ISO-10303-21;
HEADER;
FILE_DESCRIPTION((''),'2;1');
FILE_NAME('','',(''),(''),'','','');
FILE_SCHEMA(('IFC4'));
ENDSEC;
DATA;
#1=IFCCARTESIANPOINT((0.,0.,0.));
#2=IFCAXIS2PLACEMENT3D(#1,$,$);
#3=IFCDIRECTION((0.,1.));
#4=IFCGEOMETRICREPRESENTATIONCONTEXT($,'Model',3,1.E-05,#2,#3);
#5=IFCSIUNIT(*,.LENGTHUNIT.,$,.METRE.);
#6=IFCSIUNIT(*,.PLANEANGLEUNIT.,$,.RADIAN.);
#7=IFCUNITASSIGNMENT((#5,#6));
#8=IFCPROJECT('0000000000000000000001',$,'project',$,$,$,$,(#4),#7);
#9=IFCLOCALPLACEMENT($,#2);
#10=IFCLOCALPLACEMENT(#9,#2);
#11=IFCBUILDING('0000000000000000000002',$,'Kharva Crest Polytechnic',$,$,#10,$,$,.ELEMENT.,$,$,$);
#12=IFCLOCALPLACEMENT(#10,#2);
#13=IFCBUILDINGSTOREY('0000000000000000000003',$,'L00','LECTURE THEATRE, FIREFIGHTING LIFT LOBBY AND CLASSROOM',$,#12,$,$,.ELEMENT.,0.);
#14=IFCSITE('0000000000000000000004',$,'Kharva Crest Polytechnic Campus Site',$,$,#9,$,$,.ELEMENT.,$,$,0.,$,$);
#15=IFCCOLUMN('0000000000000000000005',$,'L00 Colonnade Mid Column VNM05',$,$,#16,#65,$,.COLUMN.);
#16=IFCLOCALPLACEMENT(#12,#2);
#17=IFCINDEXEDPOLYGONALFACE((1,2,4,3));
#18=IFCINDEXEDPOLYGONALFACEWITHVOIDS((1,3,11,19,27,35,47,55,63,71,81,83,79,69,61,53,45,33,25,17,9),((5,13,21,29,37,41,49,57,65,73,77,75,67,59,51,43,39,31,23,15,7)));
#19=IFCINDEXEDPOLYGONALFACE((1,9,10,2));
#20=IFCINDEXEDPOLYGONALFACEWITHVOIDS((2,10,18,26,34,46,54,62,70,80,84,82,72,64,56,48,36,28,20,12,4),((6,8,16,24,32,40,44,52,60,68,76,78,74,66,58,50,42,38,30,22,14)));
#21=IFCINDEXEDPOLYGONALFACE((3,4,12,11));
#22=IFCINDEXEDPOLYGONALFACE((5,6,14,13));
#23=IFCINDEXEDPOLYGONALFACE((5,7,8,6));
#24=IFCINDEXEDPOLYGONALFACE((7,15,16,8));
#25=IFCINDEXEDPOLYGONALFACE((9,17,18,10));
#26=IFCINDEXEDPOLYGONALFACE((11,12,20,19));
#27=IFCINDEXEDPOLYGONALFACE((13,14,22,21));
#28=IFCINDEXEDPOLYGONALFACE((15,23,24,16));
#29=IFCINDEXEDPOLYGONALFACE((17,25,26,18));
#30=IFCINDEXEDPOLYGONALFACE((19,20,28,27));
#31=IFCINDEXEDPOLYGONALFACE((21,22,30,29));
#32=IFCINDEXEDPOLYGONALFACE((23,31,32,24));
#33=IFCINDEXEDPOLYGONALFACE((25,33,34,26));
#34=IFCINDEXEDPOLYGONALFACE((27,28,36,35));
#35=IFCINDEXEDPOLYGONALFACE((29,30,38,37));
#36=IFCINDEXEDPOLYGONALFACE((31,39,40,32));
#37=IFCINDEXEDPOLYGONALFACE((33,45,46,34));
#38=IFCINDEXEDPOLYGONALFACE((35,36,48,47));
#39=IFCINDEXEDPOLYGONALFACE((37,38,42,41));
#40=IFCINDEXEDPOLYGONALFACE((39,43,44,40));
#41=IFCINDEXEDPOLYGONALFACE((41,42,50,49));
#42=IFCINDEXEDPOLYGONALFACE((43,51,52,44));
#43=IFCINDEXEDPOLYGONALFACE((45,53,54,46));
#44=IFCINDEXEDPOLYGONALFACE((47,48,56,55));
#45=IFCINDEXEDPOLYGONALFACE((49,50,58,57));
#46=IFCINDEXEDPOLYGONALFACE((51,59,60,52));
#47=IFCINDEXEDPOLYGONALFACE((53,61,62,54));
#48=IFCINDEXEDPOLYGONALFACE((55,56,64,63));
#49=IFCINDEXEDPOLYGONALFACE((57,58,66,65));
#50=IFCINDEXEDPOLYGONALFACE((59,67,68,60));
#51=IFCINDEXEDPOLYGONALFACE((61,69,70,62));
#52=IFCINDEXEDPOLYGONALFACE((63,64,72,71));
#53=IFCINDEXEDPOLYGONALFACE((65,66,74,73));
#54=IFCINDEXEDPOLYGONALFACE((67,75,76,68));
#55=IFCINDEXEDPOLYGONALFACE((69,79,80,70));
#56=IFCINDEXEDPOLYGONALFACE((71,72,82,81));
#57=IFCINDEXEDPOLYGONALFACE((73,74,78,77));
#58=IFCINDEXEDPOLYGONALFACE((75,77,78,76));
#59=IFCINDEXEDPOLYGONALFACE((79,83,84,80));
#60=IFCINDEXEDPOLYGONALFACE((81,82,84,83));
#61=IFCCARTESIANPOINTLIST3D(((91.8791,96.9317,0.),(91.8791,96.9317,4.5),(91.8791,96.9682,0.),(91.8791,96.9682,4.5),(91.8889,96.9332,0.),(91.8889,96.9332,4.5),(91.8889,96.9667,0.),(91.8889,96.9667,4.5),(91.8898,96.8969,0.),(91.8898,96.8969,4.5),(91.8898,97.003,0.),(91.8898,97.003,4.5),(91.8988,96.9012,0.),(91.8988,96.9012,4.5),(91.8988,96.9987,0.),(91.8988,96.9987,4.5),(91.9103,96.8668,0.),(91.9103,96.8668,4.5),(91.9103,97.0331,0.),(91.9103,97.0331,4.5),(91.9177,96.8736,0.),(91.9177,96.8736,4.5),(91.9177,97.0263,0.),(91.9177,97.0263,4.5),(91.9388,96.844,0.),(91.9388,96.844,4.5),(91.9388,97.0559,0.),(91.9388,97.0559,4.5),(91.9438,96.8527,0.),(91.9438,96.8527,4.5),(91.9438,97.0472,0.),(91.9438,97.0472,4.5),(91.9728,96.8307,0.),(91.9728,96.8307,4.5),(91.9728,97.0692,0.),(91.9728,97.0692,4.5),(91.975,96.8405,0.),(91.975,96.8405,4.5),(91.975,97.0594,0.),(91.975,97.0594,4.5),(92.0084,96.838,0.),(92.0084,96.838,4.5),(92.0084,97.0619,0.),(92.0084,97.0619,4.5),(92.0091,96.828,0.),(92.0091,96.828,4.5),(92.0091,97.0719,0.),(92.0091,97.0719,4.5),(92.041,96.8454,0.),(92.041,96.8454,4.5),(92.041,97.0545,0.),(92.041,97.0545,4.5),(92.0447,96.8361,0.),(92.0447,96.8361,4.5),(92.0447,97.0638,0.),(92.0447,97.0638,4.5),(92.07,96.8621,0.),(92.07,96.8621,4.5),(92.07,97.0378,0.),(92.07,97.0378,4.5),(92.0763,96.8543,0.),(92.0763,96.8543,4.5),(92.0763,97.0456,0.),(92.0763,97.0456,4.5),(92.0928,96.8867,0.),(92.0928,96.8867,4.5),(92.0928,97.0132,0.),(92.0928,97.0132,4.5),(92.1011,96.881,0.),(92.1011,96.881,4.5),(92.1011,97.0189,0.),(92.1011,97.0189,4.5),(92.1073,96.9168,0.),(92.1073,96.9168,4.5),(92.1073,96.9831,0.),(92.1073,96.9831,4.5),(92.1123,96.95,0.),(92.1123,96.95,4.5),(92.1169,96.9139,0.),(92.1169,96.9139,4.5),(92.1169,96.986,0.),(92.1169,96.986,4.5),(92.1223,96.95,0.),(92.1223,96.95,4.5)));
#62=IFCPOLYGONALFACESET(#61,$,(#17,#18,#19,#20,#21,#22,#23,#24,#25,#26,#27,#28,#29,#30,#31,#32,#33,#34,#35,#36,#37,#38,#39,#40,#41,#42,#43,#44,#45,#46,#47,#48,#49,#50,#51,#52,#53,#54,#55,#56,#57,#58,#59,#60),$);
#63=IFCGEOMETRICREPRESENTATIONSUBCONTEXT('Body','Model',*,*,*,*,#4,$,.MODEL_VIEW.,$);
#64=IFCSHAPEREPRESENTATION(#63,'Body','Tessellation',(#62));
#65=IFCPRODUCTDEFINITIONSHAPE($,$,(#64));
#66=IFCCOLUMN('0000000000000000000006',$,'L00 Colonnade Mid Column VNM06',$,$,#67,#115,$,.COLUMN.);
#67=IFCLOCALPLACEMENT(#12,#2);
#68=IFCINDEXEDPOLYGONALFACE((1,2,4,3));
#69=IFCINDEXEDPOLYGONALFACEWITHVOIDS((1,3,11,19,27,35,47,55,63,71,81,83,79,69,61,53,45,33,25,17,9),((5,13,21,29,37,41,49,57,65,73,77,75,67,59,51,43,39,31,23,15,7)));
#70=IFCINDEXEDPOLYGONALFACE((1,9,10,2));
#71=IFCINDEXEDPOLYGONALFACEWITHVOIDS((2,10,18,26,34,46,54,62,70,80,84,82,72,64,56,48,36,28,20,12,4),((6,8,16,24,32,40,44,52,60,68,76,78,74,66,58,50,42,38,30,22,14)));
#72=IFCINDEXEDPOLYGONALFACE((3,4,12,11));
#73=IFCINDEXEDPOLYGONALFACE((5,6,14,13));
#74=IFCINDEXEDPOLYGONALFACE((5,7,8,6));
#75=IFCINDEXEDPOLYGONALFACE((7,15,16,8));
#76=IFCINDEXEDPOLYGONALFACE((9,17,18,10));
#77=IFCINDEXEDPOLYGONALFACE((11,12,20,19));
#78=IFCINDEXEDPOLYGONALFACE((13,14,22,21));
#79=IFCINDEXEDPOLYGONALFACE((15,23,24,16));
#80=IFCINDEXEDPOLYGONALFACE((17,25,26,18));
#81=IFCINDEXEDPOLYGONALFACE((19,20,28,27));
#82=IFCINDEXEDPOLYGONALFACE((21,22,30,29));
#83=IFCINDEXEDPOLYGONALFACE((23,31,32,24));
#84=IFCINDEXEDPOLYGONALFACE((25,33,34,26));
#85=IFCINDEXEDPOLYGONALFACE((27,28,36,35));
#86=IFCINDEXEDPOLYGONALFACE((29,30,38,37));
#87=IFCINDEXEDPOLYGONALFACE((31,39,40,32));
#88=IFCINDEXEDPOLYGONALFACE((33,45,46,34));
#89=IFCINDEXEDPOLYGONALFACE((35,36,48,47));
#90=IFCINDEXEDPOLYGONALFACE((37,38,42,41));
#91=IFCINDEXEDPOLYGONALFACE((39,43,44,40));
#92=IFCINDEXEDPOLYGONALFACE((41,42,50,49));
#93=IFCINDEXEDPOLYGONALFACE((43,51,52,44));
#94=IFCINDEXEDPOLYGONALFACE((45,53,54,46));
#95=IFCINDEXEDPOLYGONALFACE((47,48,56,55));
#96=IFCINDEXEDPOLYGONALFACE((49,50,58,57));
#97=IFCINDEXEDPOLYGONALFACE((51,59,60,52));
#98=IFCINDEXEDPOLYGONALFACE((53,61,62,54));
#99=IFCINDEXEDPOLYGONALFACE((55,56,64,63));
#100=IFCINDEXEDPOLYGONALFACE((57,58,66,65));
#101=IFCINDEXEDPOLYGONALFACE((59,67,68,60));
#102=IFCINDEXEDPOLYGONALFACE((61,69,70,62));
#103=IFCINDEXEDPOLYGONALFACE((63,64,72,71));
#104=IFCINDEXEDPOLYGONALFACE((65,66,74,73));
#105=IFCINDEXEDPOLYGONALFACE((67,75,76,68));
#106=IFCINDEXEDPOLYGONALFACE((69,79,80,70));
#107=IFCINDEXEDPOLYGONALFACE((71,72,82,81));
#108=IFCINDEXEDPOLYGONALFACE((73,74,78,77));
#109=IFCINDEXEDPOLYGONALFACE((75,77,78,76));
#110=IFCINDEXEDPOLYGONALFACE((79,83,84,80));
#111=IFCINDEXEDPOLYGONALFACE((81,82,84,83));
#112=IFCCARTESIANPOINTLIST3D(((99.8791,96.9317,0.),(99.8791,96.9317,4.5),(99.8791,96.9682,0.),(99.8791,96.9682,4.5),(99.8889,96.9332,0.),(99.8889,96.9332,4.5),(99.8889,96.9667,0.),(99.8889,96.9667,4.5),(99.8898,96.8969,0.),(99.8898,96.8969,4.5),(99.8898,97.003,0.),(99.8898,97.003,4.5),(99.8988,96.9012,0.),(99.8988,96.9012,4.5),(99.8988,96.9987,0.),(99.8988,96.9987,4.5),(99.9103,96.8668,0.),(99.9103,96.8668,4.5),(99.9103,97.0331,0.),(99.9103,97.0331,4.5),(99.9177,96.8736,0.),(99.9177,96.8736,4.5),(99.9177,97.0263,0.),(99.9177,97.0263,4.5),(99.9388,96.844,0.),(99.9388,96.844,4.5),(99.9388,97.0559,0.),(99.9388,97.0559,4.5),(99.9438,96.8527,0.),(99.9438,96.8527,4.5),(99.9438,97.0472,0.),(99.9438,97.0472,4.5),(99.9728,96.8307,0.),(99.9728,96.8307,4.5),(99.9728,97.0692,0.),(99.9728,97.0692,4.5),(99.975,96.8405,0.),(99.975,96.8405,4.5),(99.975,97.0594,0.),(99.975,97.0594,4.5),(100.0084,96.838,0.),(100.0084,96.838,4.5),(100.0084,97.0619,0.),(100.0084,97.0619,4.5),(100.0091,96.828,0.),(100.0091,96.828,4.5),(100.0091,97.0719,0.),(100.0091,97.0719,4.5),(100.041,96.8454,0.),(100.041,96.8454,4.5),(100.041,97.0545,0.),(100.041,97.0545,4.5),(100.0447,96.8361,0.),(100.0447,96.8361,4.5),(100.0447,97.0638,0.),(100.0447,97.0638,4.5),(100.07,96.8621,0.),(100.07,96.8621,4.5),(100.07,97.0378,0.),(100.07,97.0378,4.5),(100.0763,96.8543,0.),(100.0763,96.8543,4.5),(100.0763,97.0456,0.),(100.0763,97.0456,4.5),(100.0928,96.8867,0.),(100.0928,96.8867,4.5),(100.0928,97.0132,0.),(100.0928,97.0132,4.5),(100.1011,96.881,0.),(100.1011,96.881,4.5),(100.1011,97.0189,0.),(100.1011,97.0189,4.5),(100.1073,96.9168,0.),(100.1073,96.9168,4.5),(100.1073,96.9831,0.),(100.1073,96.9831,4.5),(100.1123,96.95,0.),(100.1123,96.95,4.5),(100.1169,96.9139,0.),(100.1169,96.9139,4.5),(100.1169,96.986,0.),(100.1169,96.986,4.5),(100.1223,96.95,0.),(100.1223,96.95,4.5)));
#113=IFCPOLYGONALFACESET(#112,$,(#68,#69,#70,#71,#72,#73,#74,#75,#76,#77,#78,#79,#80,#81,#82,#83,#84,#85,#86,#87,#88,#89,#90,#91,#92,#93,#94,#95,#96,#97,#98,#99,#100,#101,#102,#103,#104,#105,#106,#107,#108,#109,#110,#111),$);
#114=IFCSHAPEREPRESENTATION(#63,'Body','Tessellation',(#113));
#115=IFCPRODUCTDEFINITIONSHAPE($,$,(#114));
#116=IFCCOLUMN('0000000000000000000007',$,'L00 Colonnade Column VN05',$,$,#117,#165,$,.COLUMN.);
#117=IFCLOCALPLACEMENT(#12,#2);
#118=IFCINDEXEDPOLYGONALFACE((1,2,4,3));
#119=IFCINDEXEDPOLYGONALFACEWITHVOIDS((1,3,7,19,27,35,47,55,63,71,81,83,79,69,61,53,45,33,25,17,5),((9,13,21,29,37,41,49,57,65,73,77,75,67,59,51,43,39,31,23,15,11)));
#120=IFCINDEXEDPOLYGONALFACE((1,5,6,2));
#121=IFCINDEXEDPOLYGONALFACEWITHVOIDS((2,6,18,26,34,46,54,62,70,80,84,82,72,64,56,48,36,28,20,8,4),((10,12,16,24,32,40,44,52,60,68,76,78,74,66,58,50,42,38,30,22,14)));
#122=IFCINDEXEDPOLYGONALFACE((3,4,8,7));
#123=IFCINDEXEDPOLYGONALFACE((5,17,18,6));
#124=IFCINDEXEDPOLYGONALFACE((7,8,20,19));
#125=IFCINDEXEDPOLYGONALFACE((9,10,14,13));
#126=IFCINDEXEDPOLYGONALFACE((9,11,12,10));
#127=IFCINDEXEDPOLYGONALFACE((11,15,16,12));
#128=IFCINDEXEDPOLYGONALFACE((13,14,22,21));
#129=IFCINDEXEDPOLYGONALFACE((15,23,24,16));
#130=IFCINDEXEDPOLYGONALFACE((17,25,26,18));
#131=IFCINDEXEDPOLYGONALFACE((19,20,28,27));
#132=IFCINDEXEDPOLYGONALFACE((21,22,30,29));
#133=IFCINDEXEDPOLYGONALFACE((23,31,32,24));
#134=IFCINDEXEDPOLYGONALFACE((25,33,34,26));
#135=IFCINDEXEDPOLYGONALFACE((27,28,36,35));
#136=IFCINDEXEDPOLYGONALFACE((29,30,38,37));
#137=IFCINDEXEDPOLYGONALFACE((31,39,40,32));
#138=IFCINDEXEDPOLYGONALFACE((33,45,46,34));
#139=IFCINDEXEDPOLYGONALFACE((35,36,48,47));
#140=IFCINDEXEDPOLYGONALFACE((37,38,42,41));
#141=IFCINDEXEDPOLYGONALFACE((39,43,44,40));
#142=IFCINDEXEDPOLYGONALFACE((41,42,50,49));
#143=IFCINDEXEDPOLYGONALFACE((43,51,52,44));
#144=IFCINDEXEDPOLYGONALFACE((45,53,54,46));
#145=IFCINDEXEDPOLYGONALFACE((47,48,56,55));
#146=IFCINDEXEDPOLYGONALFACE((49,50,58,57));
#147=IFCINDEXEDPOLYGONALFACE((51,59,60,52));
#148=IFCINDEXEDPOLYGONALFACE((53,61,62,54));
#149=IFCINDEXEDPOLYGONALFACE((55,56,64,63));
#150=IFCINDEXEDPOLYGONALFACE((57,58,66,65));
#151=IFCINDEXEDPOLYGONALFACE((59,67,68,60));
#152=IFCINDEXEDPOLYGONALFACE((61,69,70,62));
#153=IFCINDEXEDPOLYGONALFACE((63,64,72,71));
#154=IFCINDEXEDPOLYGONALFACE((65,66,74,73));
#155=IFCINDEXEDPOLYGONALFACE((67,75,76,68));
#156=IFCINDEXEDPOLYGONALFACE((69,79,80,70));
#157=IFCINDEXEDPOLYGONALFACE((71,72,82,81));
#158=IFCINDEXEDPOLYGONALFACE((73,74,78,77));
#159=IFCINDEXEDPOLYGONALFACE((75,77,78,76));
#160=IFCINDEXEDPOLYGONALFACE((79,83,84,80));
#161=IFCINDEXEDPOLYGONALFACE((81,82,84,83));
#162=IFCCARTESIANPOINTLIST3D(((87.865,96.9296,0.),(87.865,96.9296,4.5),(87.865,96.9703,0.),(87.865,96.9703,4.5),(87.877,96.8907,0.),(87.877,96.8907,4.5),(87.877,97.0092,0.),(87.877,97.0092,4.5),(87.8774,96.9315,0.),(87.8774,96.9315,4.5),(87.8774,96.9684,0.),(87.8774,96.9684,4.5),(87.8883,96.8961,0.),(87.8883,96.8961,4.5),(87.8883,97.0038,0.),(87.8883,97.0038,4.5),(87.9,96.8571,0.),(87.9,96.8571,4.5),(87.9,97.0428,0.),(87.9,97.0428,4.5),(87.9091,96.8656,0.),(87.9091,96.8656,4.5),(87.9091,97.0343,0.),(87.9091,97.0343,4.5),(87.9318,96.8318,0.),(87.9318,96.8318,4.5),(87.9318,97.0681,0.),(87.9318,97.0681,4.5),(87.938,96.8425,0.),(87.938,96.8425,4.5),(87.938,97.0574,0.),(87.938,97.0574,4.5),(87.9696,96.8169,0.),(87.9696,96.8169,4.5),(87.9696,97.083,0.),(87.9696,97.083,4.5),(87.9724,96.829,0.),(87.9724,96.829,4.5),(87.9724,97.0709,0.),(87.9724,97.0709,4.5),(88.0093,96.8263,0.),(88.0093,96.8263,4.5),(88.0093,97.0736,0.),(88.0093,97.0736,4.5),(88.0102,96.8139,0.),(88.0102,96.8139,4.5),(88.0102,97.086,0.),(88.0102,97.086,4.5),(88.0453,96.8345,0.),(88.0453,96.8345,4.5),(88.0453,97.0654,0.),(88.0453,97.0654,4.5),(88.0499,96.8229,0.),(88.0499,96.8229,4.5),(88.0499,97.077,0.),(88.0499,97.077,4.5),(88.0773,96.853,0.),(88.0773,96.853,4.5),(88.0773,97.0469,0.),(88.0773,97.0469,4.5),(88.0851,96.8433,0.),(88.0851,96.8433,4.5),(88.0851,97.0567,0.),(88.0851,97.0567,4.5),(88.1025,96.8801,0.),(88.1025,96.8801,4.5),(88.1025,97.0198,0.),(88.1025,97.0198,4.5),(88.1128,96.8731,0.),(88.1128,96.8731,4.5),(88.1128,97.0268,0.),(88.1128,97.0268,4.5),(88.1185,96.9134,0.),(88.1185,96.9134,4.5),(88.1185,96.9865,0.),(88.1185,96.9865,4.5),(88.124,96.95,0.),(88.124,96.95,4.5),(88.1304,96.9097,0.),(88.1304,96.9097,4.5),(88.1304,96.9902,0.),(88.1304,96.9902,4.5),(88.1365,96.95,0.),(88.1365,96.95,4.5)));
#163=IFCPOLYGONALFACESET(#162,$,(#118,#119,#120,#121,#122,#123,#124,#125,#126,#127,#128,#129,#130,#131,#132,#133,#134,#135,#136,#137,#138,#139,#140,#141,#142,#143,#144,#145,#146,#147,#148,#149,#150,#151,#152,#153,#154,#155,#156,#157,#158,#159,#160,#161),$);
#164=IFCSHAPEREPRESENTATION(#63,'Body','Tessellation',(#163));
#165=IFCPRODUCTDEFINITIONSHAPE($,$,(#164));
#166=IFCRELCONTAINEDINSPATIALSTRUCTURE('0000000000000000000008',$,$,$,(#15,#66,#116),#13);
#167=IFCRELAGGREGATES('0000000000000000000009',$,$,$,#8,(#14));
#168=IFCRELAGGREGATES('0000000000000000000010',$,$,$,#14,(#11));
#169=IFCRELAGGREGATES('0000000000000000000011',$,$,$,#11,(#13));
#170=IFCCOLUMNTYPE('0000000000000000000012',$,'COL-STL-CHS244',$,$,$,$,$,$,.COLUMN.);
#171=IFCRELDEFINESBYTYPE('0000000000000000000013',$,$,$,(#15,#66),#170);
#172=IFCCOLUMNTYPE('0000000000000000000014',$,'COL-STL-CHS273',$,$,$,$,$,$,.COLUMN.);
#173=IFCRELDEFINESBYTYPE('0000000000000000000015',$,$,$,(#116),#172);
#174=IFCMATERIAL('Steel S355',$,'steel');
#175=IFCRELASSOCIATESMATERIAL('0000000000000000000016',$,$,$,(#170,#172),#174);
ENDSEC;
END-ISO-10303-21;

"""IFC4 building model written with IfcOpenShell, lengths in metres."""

from ifc_helpers import new_model, si_unit, direction, frame, origin, origin_2d, place, context, subcontext, project, spatial, hollow_circle, extrude, material, material_profile, profile_set, type_object, element, save


model = new_model("IFC4")

# Units and contexts
model_context = context("Model", 3, precision=1e-05, world=origin(), true_north=direction((0.0, 1.0)))
body_context = subcontext(model_context, "Body", "Model", "MODEL_VIEW")
ifc_project = project(units=[si_unit("LENGTHUNIT", "METRE"), si_unit("PLANEANGLEUNIT", "RADIAN")], contexts=[model_context])

# Site, building, storey
site_placement = place(None, origin())
site = spatial("IfcSite", under=ifc_project, at=site_placement, Name="Kharva Crest Polytechnic Campus Site", CompositionType="ELEMENT", RefElevation=0.0)
building_placement = place(site_placement, origin())
building = spatial("IfcBuilding", under=site, at=building_placement, Name="Kharva Crest Polytechnic", CompositionType="ELEMENT")
storey_placement = place(building_placement, origin())
storey = spatial("IfcBuildingStorey", under=building, at=storey_placement, Name="L00", Description="LECTURE THEATRE, FIREFIGHTING LIFT LOBBY AND CLASSROOM", CompositionType="ELEMENT", Elevation=0.0)

# Columns
ifc_material_1 = material(Name="Steel S355", Category="steel")
ifc_material_profile_1 = material_profile(ifc_material_1, hollow_circle(Radius=0.1223, WallThickness=0.01, at=origin_2d()), Name="CHS 244.5X10.0")
ifc_profile_set_1 = profile_set([ifc_material_profile_1], Name="Steel S355")
column_type_1 = type_object("IfcColumnType", Name="COL-STL-CHS244", PredefinedType="COLUMN", material=ifc_profile_set_1)
for number, where, z_axis, x_axis, name in (
    (1, (92.0, 96.95, 0.0), (0.0, 0.0, 1.0), (1.0, 0.0, 0.0), "L00 Colonnade Mid Column VNM05"),
    (2, (100.0, 96.95, 0.0), (0.0, 0.0, 1.0), (1.0, 0.0, 0.0), "L00 Colonnade Mid Column VNM06"),
):
    element("IfcColumn", number, at=place(storey_placement, frame(where, z_axis=z_axis, x_axis=x_axis)), inside=storey, type_object=column_type_1, Name=name, PredefinedType="COLUMN", context=body_context, shape_type="SweptSolid", body=[
        extrude(hollow_circle(Radius=0.1223, WallThickness=0.01, at=origin_2d()), origin(), (0.0, 0.0, 1.0), 4.5),
    ])
ifc_material_profile_2 = material_profile(ifc_material_1, hollow_circle(Radius=0.1365, WallThickness=0.0125, at=origin_2d()), Name="CHS 273.0X12.5")
ifc_profile_set_2 = profile_set([ifc_material_profile_2], Name="Steel S355")
column_type_2 = type_object("IfcColumnType", Name="COL-STL-CHS273", PredefinedType="COLUMN", material=ifc_profile_set_2)
for number, where, z_axis, x_axis, name in (
    (3, (88.0, 96.95, 0.0), (0.0, 0.0, 1.0), (1.0, 0.0, 0.0), "L00 Colonnade Column VN05"),
):
    element("IfcColumn", number, at=place(storey_placement, frame(where, z_axis=z_axis, x_axis=x_axis)), inside=storey, type_object=column_type_2, Name=name, PredefinedType="COLUMN", context=body_context, shape_type="SweptSolid", body=[
        extrude(hollow_circle(Radius=0.1365, WallThickness=0.0125, at=origin_2d()), origin(), (0.0, 0.0, 1.0), 4.5),
    ])

save(model, "model.ifc")
